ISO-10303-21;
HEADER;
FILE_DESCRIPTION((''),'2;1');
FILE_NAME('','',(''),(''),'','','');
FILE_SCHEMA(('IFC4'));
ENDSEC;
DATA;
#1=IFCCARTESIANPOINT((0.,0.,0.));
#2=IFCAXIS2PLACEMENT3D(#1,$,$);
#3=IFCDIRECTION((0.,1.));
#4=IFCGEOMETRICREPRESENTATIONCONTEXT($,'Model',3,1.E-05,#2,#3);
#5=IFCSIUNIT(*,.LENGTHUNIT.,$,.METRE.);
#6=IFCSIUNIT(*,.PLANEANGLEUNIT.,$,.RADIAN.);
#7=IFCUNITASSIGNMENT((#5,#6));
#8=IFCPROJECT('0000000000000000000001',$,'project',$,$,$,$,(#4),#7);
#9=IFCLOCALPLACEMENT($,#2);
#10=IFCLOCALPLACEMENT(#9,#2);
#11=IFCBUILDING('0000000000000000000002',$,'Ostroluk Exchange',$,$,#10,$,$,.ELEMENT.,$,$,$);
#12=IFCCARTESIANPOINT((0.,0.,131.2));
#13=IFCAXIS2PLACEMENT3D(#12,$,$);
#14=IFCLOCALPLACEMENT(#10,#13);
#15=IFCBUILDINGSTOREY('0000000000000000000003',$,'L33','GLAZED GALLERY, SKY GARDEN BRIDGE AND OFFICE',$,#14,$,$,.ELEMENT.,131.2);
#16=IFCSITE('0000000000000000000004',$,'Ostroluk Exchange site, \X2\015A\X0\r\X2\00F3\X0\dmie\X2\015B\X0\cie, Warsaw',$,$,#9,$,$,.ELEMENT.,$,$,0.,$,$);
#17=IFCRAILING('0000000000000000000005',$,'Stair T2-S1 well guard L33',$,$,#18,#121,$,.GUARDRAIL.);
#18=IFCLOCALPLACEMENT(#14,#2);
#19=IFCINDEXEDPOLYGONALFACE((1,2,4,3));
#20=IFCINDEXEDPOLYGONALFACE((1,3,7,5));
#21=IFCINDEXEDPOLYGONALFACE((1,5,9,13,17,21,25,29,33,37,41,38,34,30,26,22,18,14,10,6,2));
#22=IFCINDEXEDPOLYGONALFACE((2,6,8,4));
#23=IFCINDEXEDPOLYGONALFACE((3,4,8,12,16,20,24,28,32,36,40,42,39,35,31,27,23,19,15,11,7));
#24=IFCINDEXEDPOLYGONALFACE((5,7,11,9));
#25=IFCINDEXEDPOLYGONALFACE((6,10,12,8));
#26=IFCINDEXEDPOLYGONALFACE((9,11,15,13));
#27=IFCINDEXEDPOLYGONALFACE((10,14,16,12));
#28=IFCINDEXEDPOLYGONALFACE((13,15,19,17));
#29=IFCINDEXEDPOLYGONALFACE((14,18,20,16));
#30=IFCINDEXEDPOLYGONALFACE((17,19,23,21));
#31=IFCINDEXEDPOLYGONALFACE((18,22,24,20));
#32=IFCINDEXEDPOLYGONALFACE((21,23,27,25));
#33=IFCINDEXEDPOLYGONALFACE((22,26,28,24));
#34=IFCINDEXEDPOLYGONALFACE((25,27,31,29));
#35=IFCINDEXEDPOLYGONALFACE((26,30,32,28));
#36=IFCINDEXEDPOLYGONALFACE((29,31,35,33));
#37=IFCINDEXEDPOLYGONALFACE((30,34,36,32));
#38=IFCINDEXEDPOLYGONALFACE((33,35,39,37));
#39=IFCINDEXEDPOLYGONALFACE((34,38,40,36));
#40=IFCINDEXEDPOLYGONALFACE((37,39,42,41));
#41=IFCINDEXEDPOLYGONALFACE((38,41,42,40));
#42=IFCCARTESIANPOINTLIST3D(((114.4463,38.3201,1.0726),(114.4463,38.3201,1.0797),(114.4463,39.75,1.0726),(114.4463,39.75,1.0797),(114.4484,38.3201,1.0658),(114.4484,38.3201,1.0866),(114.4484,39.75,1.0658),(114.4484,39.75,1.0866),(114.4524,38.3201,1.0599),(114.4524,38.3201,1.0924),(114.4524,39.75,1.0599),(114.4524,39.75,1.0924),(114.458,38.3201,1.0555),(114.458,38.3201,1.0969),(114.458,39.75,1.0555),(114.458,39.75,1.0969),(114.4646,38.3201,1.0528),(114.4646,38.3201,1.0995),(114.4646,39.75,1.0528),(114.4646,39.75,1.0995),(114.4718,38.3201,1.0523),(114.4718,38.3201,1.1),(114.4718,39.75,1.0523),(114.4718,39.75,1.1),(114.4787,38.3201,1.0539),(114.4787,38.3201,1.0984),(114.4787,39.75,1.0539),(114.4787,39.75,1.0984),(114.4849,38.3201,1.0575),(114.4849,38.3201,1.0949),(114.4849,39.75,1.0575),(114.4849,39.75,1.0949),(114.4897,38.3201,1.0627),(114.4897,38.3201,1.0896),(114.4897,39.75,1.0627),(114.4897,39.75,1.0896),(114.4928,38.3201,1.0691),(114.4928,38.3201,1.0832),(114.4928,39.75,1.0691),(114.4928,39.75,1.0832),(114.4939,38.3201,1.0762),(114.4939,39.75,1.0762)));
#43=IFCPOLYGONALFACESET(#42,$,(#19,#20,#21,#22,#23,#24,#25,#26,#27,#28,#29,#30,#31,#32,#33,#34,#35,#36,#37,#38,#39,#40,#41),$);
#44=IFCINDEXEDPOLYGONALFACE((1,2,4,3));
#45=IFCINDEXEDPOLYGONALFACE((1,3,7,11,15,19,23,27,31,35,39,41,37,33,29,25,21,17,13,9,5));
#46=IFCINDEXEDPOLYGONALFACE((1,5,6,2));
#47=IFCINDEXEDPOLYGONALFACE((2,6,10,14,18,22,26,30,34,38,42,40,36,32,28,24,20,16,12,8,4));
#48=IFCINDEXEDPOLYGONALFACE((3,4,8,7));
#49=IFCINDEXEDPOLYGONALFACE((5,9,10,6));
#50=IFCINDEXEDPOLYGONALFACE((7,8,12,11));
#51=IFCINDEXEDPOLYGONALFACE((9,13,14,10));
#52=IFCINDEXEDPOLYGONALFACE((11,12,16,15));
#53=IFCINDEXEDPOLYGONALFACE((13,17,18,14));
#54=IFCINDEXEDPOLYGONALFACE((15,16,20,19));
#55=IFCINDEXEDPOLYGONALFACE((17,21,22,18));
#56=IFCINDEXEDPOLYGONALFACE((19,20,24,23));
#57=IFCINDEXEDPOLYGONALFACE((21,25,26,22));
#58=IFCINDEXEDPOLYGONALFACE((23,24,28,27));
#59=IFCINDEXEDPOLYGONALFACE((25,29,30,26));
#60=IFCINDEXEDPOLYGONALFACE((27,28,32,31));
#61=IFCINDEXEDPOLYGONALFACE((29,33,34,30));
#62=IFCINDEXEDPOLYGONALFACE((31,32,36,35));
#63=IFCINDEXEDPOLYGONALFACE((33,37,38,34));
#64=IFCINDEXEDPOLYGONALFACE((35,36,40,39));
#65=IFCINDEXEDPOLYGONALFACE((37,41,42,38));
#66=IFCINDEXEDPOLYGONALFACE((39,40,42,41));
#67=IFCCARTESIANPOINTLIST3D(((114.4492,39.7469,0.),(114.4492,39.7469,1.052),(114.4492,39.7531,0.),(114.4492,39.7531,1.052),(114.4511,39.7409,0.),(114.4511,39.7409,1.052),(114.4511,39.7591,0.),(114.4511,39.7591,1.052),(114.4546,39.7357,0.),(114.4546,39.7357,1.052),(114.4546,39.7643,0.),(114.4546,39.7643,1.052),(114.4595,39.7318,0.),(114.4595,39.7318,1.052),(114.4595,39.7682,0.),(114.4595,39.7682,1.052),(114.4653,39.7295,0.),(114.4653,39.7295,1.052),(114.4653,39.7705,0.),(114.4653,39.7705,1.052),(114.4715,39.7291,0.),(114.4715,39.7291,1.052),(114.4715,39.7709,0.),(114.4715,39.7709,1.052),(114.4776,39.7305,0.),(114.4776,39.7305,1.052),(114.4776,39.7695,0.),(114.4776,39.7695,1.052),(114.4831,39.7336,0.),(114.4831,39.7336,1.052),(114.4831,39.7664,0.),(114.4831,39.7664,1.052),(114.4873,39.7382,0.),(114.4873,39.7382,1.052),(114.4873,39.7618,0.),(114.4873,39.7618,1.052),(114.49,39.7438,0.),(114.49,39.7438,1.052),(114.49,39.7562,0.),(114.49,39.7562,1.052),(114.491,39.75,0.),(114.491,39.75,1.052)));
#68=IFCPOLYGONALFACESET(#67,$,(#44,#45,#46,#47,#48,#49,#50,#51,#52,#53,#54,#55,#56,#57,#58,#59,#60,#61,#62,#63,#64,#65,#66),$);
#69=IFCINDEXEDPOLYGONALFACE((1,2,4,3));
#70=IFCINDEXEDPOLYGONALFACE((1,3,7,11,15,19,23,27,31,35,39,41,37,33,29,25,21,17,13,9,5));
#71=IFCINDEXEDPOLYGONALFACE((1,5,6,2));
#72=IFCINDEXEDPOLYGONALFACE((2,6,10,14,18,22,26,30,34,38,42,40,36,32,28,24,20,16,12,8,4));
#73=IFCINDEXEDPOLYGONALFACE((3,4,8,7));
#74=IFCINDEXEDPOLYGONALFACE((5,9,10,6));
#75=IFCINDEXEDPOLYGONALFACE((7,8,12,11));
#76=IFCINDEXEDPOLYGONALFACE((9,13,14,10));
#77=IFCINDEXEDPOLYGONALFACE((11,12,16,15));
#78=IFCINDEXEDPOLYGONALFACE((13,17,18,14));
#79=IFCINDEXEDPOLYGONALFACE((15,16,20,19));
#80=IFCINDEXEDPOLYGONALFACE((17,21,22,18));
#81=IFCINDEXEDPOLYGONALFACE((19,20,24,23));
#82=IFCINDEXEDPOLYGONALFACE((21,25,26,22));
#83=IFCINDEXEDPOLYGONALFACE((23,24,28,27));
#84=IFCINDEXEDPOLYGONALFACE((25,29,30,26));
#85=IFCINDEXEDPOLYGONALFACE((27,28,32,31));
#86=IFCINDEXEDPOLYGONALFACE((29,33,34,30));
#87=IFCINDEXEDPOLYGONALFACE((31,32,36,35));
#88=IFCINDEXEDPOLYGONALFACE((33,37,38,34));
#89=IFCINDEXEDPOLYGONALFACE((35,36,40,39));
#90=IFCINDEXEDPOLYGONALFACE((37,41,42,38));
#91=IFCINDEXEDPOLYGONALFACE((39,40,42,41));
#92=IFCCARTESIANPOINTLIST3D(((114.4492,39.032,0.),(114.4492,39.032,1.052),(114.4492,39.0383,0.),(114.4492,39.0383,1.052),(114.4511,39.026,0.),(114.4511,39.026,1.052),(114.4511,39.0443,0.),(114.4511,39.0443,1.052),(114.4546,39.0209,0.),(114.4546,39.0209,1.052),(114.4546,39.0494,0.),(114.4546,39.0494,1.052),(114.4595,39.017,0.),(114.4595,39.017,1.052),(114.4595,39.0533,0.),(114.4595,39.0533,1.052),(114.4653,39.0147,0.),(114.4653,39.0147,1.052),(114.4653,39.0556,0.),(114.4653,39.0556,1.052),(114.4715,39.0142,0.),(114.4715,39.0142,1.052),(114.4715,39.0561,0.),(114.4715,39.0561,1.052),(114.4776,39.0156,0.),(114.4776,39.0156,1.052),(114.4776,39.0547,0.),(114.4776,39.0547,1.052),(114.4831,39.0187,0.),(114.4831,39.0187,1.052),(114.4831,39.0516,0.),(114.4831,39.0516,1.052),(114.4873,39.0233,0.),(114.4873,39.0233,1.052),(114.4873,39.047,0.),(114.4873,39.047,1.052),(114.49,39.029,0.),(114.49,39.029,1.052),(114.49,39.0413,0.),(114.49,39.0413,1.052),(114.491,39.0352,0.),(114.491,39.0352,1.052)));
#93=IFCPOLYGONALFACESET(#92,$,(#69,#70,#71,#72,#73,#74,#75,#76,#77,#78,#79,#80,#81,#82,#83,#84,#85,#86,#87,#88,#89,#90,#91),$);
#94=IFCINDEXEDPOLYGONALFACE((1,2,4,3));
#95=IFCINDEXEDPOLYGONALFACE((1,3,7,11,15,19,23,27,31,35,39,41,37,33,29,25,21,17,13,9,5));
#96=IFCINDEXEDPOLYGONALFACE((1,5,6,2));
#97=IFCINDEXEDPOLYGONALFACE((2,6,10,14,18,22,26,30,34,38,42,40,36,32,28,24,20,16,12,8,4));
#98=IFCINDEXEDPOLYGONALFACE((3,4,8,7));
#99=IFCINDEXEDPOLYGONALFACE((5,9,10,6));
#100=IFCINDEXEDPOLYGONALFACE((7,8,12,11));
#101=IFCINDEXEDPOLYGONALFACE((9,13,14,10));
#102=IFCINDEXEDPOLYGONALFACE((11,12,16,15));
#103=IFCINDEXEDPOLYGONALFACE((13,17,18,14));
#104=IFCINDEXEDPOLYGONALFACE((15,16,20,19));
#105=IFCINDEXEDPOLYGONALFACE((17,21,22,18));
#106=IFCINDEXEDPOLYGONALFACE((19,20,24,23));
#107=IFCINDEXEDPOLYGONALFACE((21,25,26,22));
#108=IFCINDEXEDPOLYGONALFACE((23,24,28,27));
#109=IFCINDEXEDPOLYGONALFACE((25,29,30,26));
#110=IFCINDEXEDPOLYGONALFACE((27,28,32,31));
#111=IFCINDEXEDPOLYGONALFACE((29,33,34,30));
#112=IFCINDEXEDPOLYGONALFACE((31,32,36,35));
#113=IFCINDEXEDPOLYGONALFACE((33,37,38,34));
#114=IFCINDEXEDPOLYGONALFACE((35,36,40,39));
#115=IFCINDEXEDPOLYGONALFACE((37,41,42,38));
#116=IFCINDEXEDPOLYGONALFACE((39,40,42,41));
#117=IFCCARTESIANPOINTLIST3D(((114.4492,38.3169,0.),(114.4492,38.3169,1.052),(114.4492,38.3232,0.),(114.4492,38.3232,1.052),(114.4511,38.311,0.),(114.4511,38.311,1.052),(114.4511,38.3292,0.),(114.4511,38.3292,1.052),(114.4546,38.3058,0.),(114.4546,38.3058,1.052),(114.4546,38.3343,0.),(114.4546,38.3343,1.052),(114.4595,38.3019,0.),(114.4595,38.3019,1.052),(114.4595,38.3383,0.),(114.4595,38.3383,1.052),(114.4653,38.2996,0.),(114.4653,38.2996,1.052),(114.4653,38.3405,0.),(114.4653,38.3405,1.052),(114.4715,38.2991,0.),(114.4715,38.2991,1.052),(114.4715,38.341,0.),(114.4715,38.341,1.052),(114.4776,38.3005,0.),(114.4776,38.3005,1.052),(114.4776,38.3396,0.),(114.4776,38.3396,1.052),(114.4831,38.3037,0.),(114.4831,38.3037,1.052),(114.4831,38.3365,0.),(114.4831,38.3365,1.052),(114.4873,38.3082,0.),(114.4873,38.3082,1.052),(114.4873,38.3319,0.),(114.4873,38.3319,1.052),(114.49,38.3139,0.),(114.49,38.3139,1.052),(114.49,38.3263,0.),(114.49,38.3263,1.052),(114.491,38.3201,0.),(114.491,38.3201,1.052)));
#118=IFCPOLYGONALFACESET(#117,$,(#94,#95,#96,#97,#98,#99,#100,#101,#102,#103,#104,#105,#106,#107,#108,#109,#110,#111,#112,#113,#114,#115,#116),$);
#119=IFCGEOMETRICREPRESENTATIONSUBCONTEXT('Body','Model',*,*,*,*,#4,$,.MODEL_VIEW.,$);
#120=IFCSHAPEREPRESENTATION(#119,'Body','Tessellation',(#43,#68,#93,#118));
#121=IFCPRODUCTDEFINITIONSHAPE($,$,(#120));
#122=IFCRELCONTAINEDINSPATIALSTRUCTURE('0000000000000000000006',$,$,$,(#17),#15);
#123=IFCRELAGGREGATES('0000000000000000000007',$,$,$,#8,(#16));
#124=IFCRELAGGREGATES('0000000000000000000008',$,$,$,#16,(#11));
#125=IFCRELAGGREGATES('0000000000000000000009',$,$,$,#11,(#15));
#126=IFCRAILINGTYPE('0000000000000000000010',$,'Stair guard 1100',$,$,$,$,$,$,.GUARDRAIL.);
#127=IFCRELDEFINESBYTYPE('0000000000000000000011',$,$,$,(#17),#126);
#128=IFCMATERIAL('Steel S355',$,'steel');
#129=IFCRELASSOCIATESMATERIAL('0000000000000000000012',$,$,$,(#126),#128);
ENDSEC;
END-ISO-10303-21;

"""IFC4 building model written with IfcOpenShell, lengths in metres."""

from ifc_helpers import new_model, si_unit, direction, frame, origin, origin_2d, place, context, subcontext, project, spatial, circle, extrude, material, type_object, element, save


model = new_model("IFC4")

# Units and contexts
model_context = context("Model", 3, precision=1e-05, world=origin(), true_north=direction((0.0, 1.0)))
body_context = subcontext(model_context, "Body", "Model", "MODEL_VIEW")
ifc_project = project(units=[si_unit("LENGTHUNIT", "METRE"), si_unit("PLANEANGLEUNIT", "RADIAN")], contexts=[model_context])

# Site, building, storey
site_placement = place(None, origin())
site = spatial("IfcSite", under=ifc_project, at=site_placement, Name="Ostroluk Exchange site, Śródmieście, Warsaw", CompositionType="ELEMENT", RefElevation=0.0)
building_placement = place(site_placement, origin())
building = spatial("IfcBuilding", under=site, at=building_placement, Name="Ostroluk Exchange", CompositionType="ELEMENT")
storey_placement = place(building_placement, frame((0.0, 0.0, 131.2)))
storey = spatial("IfcBuildingStorey", under=building, at=storey_placement, Name="L33", Description="GLAZED GALLERY, SKY GARDEN BRIDGE AND OFFICE", CompositionType="ELEMENT", Elevation=131.2)

# Railing
ifc_material_1 = material(Name="Steel S355", Category="steel")
railing_type = type_object("IfcRailingType", Name="Stair guard 1100", PredefinedType="GUARDRAIL", material=ifc_material_1)
railing_placement = place(storey_placement, frame((114.47, 39.75, 0.0)))
element("IfcRailing", 1, at=railing_placement, inside=storey, type_object=railing_type, Name="Stair T2-S1 well guard L33", PredefinedType="GUARDRAIL", context=body_context, shape_type="SweptSolid", body=[
    extrude(circle(Radius=0.0239, at=origin_2d()), frame((0.0, 0.0, 1.0762), z_axis=(0.0, -1.0, 0.0), x_axis=(1.0, 0.0, 0.0)), (0.0, 0.0, 1.0), 1.4299),
    extrude(circle(Radius=0.021, at=origin_2d()), origin(), (0.0, 0.0, 1.0), 1.052),
    extrude(circle(Radius=0.021, at=origin_2d()), frame((0.0, -0.7148, 0.0)), (0.0, 0.0, 1.0), 1.052),
    extrude(circle(Radius=0.021, at=origin_2d()), frame((0.0, -1.4299, 0.0)), (0.0, 0.0, 1.0), 1.052),
])

save(model, "model.ifc")
